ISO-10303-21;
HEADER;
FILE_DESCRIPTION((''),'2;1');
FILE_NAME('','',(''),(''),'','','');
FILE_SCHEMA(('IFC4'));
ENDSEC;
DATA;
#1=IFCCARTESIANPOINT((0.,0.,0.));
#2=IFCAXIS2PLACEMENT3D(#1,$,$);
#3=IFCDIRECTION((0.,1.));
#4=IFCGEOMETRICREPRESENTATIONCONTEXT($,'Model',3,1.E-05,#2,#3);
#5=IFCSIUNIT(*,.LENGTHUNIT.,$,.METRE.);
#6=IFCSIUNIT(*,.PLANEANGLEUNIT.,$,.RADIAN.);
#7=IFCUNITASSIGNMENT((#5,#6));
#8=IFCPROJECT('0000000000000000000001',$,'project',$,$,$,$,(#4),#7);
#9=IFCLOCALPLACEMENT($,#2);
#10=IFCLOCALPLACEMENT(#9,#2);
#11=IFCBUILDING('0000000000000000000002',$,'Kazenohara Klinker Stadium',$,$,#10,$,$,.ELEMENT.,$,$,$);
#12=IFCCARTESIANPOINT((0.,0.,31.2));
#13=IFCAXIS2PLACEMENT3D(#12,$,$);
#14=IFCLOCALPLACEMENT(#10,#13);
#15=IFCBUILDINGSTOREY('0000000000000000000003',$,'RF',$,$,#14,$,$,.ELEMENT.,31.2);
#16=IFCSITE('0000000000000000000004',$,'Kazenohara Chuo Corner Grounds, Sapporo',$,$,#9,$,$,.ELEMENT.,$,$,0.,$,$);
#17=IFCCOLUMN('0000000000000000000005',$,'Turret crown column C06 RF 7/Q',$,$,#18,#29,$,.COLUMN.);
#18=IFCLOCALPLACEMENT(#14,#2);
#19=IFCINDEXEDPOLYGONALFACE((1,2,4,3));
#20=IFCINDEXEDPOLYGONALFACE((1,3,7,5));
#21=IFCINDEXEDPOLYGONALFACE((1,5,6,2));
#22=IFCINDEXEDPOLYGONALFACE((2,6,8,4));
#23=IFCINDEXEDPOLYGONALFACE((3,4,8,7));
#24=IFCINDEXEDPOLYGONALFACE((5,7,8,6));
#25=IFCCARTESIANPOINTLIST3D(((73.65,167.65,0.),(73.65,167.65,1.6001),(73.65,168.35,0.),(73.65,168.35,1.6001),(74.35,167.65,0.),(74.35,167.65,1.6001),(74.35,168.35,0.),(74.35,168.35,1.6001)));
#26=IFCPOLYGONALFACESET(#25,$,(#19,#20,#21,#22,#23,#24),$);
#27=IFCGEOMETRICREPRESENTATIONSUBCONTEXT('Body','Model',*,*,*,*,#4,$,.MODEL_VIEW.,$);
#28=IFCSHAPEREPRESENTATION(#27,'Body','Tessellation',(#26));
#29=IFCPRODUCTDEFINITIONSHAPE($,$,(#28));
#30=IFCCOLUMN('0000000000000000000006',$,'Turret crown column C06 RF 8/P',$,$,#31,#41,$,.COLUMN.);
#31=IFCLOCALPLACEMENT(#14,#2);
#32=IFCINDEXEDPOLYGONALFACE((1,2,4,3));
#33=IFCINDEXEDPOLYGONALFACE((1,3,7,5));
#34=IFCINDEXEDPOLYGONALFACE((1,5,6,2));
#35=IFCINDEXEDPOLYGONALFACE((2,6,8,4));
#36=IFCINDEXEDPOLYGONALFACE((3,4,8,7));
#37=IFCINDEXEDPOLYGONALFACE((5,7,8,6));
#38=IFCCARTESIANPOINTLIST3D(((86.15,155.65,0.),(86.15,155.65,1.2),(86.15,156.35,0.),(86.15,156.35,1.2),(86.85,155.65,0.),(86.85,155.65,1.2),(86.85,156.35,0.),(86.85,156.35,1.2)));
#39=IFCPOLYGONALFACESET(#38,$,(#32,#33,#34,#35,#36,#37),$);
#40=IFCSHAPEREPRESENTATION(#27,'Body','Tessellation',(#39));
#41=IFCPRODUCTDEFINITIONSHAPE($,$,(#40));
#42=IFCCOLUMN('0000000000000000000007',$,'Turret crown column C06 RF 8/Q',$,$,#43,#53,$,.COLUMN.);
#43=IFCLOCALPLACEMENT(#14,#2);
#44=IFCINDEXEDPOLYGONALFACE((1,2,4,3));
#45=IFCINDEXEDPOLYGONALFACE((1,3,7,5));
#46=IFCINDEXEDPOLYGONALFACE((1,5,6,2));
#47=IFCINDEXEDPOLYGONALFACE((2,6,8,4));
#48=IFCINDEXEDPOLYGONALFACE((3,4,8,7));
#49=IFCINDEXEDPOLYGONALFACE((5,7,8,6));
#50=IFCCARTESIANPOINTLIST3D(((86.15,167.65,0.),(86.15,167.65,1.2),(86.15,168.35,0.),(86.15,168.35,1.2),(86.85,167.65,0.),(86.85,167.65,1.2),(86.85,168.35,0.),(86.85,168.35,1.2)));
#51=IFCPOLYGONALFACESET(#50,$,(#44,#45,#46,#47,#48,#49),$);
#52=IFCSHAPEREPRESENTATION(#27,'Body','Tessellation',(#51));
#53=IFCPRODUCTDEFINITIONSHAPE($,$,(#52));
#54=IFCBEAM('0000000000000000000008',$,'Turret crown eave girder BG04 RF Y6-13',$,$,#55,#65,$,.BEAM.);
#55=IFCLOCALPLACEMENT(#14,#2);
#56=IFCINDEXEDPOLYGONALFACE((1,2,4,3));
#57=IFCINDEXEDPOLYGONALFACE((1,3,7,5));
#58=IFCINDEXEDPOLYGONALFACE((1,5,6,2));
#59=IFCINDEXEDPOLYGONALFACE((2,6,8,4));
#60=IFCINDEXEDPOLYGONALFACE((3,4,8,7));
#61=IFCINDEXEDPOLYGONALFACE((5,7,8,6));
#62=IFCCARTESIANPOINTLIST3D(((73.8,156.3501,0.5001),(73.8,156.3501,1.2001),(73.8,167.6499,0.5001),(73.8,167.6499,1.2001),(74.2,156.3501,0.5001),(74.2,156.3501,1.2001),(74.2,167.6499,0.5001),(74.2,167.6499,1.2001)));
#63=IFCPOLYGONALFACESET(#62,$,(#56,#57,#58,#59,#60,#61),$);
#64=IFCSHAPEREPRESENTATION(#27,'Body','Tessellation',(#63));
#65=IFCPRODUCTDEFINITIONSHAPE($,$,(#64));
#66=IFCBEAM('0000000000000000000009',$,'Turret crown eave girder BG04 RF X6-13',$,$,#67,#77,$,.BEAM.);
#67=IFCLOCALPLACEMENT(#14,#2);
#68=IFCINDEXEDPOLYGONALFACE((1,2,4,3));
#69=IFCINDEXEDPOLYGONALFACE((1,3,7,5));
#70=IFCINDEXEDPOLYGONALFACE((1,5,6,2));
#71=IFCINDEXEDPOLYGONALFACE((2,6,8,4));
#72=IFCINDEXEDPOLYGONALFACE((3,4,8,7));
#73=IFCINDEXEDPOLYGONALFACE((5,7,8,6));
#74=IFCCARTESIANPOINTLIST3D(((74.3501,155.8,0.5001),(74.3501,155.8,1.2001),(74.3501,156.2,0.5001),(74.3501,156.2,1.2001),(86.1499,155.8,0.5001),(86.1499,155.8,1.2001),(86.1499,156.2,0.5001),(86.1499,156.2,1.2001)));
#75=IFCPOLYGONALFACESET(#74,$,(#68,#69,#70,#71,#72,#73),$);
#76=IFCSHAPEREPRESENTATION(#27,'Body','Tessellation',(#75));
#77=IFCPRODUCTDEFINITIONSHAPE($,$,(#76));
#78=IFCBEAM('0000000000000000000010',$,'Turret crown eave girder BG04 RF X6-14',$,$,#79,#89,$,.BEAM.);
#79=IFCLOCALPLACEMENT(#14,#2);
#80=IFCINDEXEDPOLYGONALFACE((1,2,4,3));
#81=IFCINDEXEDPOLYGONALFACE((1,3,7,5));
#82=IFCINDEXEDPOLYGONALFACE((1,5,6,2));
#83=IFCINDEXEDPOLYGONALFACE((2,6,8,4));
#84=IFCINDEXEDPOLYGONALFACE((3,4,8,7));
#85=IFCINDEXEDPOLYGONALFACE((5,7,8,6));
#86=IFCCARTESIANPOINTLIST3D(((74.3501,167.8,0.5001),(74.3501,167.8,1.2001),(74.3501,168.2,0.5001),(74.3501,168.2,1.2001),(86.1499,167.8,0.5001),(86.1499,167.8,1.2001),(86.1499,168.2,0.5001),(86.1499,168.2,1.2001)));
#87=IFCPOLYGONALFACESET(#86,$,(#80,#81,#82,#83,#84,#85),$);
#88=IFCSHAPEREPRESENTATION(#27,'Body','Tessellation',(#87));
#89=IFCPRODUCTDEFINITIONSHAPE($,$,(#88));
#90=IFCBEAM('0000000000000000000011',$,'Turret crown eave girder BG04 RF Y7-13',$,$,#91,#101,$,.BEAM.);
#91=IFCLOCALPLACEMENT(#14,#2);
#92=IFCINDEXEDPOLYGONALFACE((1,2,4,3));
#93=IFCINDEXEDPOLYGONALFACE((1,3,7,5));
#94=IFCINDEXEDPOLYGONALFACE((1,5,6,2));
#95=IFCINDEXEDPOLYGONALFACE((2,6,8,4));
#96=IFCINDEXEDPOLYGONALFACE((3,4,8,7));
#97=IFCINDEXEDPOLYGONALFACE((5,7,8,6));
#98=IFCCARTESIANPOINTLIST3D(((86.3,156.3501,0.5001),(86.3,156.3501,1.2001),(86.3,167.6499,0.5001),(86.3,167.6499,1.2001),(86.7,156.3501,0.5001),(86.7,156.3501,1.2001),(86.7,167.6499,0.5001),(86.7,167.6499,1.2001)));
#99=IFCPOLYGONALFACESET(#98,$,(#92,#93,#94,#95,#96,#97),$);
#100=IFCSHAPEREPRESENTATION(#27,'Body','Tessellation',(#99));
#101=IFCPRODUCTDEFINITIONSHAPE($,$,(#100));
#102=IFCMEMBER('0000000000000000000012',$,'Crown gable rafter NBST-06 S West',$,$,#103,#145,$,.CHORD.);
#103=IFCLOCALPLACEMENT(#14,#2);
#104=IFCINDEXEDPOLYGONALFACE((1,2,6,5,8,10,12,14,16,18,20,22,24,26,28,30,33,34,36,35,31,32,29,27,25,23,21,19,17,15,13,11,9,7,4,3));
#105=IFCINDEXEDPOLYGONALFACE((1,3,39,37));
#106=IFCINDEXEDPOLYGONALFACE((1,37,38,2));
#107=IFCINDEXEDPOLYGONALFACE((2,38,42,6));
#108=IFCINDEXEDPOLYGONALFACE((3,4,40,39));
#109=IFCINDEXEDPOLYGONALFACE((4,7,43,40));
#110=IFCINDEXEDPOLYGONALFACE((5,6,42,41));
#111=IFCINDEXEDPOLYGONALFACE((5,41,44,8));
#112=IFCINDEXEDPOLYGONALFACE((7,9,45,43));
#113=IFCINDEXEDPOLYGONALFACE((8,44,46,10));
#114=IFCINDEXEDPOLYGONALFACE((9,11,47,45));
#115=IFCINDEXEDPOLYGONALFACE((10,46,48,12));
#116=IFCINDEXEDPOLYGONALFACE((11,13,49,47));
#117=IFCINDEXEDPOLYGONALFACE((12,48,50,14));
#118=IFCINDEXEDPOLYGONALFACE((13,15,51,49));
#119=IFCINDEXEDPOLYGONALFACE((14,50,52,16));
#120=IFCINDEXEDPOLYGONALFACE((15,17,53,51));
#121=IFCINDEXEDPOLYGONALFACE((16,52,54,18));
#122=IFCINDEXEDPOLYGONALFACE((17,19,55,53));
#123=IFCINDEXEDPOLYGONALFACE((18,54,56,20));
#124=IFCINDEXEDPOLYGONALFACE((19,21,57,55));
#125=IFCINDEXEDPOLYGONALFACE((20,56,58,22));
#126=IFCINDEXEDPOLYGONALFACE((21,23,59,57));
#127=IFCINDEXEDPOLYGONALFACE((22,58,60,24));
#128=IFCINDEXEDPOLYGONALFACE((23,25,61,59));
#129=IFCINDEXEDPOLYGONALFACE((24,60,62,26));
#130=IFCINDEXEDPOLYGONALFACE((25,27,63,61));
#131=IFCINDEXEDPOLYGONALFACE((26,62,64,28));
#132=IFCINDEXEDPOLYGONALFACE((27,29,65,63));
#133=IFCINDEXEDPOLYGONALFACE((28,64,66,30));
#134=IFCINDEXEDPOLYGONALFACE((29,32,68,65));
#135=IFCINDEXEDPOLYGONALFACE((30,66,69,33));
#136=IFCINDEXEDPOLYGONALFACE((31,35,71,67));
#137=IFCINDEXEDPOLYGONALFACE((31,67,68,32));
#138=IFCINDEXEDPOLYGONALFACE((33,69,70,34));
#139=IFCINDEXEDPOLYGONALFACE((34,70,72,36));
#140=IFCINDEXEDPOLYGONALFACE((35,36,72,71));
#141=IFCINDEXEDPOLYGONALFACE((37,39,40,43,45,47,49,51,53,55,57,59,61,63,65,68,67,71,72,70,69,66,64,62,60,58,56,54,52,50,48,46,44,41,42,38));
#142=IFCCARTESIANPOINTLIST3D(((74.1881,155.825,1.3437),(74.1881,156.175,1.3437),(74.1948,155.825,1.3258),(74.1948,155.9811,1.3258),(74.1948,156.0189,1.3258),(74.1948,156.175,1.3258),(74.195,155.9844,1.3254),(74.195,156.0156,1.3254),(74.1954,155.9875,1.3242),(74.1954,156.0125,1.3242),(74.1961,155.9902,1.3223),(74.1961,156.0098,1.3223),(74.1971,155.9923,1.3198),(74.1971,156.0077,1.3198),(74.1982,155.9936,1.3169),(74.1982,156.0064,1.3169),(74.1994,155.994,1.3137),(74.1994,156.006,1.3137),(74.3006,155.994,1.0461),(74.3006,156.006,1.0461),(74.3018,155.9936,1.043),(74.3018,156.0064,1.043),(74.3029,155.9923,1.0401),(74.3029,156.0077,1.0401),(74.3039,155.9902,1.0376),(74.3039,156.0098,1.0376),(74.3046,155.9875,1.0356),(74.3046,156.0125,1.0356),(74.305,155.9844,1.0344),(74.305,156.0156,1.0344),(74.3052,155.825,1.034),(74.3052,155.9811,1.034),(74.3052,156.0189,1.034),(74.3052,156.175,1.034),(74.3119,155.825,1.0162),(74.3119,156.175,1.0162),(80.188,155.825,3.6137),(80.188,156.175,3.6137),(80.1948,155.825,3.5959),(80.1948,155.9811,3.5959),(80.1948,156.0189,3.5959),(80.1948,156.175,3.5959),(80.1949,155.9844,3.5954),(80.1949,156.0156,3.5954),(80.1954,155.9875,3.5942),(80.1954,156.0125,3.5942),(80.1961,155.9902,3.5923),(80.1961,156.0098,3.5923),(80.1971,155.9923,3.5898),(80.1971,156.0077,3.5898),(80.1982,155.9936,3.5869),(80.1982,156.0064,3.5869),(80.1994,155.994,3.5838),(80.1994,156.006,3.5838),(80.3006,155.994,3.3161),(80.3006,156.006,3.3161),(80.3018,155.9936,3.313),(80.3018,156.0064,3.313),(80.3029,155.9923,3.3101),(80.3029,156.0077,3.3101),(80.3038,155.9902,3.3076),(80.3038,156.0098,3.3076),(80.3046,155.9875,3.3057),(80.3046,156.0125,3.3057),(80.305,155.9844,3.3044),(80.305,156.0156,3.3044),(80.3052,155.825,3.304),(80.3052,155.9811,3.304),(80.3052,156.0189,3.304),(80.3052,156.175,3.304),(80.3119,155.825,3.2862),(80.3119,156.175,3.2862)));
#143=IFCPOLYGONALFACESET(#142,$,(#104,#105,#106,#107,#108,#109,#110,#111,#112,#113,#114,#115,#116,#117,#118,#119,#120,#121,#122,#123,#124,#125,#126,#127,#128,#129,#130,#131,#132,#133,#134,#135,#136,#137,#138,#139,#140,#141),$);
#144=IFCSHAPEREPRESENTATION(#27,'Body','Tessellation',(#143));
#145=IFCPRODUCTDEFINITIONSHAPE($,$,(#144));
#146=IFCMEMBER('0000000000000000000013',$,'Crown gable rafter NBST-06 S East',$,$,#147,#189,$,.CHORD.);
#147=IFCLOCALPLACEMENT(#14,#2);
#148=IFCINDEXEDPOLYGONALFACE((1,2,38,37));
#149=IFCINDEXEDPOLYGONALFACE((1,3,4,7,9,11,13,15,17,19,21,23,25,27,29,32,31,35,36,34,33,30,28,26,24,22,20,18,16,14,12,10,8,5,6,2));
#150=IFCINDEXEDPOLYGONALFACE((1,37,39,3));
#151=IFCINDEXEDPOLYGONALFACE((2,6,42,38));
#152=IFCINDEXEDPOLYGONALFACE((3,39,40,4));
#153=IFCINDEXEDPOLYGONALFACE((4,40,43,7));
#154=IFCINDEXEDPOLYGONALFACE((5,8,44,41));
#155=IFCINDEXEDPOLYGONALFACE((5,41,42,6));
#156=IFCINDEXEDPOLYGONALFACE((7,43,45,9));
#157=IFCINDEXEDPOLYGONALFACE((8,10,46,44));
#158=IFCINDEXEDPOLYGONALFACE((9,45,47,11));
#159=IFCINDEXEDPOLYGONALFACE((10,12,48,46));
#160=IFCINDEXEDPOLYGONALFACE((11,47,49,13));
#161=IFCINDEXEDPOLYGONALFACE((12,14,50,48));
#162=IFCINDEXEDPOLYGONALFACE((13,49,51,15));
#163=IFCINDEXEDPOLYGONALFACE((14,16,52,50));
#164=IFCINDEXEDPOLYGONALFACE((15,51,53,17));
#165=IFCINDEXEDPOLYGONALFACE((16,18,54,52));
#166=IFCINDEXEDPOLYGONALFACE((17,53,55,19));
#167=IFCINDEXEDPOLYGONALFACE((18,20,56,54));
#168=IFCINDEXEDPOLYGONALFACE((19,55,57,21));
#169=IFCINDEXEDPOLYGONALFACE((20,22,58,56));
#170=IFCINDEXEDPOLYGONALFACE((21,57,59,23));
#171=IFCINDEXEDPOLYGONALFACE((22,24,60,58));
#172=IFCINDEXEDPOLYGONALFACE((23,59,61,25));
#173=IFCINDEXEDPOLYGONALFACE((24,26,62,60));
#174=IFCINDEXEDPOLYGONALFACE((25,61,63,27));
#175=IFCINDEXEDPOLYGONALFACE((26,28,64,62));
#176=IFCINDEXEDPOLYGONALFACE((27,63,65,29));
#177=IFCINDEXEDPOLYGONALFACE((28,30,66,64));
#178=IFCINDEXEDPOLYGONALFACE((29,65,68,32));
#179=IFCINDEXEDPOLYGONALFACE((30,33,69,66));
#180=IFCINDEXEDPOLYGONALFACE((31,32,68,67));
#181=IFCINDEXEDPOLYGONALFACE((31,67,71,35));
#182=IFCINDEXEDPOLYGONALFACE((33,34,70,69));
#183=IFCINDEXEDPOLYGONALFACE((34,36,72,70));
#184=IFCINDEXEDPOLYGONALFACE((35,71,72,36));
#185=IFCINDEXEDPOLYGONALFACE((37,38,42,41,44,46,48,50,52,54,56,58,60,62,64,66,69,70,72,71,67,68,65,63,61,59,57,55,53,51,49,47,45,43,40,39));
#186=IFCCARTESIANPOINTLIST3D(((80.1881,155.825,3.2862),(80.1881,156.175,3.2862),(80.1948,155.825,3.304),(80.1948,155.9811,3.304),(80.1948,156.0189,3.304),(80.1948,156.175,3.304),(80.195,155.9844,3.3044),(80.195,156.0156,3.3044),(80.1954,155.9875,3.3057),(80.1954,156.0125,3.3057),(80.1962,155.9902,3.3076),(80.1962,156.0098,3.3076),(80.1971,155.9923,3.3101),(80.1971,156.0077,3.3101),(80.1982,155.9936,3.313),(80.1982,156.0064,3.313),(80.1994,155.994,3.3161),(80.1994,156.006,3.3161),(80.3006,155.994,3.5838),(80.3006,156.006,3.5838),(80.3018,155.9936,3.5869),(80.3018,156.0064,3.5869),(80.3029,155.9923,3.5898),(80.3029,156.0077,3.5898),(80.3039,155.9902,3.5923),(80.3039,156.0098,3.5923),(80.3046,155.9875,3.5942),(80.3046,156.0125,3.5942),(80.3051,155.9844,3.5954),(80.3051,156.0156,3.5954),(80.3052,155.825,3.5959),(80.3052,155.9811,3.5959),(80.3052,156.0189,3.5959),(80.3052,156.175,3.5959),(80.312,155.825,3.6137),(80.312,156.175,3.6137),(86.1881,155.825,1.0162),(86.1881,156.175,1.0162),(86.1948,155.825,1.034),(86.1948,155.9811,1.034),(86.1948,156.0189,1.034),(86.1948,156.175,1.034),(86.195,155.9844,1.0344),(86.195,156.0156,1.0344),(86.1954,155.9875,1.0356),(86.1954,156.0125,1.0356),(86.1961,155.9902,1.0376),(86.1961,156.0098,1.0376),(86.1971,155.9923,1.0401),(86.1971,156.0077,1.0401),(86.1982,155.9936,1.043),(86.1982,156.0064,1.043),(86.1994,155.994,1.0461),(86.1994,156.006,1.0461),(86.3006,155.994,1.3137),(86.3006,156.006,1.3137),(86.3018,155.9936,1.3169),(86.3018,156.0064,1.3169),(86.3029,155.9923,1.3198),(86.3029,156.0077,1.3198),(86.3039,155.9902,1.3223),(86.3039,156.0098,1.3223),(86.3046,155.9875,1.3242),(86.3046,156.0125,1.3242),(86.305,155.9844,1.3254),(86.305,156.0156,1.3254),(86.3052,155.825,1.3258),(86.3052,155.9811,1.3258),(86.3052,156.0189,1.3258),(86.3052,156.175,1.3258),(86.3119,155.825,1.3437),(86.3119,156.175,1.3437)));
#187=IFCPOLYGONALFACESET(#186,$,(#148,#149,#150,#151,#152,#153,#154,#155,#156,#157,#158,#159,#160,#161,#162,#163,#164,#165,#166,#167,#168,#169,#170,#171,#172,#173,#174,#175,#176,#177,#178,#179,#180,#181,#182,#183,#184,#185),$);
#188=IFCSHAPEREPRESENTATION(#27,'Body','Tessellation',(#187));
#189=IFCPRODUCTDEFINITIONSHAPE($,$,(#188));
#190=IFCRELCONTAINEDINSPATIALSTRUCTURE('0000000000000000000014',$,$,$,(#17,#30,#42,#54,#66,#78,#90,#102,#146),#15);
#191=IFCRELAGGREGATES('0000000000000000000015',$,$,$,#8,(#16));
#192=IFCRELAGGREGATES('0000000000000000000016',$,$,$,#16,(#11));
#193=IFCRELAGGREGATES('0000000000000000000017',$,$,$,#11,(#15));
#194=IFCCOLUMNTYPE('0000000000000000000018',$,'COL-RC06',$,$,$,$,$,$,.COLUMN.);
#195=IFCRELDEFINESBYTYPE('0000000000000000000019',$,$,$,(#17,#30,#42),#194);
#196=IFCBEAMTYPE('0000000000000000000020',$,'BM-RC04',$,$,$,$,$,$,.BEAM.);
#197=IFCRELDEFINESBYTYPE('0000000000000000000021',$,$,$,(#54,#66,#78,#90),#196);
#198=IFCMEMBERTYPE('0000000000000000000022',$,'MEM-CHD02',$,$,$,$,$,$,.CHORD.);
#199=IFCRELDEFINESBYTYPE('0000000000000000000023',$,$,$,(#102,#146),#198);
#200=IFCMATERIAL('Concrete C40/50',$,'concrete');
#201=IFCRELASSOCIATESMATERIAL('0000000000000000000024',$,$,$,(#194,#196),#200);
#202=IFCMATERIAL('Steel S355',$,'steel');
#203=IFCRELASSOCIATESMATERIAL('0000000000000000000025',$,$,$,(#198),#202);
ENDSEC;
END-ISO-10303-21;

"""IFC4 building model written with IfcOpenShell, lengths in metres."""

from ifc_helpers import new_model, si_unit, direction, frame, origin, origin_2d, place, context, subcontext, project, spatial, rectangle, i_section, extrude, material, material_profile, profile_set, type_object, element, save


model = new_model("IFC4")

# Units and contexts
model_context = context("Model", 3, precision=1e-05, world=origin(), true_north=direction((0.0, 1.0)))
body_context = subcontext(model_context, "Body", "Model", "MODEL_VIEW")
ifc_project = project(units=[si_unit("LENGTHUNIT", "METRE"), si_unit("PLANEANGLEUNIT", "RADIAN")], contexts=[model_context])

# Site, building, storey
site_placement = place(None, origin())
site = spatial("IfcSite", under=ifc_project, at=site_placement, Name="Kazenohara Chuo Corner Grounds, Sapporo", CompositionType="ELEMENT", RefElevation=0.0)
building_placement = place(site_placement, origin())
building = spatial("IfcBuilding", under=site, at=building_placement, Name="Kazenohara Klinker Stadium", CompositionType="ELEMENT")
storey_placement = place(building_placement, frame((0.0, 0.0, 31.2)))
storey = spatial("IfcBuildingStorey", under=building, at=storey_placement, Name="RF", CompositionType="ELEMENT", Elevation=31.2)

# Columns
ifc_material_1 = material(Name="Concrete C40/50", Category="concrete")
ifc_material_profile_1 = material_profile(ifc_material_1, rectangle(XDim=0.7, YDim=0.7, at=origin_2d()), Name="RC-COL-700x700")
ifc_profile_set_1 = profile_set([ifc_material_profile_1], Name="Concrete C40/50")
column_type = type_object("IfcColumnType", Name="COL-RC06", PredefinedType="COLUMN", material=ifc_profile_set_1)
column_placement = place(storey_placement, frame((74.0, 168.0, 0.0), z_axis=(0.0, 0.0, 1.0), x_axis=(1.0, 0.0, 0.0)))
element("IfcColumn", 1, at=column_placement, inside=storey, type_object=column_type, Name="Turret crown column C06 RF 7/Q", PredefinedType="COLUMN", context=body_context, shape_type="SweptSolid", body=[
    extrude(rectangle(XDim=0.7, YDim=0.7, at=origin_2d()), origin(), (0.0, 0.0, 1.0), 1.6001),
])
for number, where, z_axis, x_axis, name in (
    (2, (86.5, 156.0, 0.0), (0.0, 0.0, 1.0), (1.0, 0.0, 0.0), "Turret crown column C06 RF 8/P"),
    (3, (86.5, 168.0, 0.0), (0.0, 0.0, 1.0), (1.0, 0.0, 0.0), "Turret crown column C06 RF 8/Q"),
):
    element("IfcColumn", number, at=place(storey_placement, frame(where, z_axis=z_axis, x_axis=x_axis)), inside=storey, type_object=column_type, Name=name, PredefinedType="COLUMN", context=body_context, shape_type="SweptSolid", body=[
        extrude(rectangle(XDim=0.7, YDim=0.7, at=origin_2d()), origin(), (0.0, 0.0, 1.0), 1.2),
    ])

# Beams
ifc_material_profile_2 = material_profile(ifc_material_1, rectangle(XDim=0.3999, YDim=0.7, at=origin_2d()), Name="RC-BM-400x700")
ifc_profile_set_2 = profile_set([ifc_material_profile_2], Name="Concrete C40/50")
beam_type = type_object("IfcBeamType", Name="BM-RC04", PredefinedType="BEAM", material=ifc_profile_set_2)
beam_1_placement = place(storey_placement, frame((74.0, 156.3501, 0.8501), z_axis=(0.0, 1.0, 0.0), x_axis=(-1.0, 0.0, 0.0)))
element("IfcBeam", 4, at=beam_1_placement, inside=storey, type_object=beam_type, Name="Turret crown eave girder BG04 RF Y6-13", PredefinedType="BEAM", context=body_context, shape_type="SweptSolid", body=[
    extrude(rectangle(XDim=0.3999, YDim=0.7, at=origin_2d()), origin(), (0.0, 0.0, 1.0), 11.2998),
])
for number, where, z_axis, x_axis, name in (
    (5, (74.3501, 156.0, 0.8501), (1.0, 0.0, 0.0), (0.0, 1.0, 0.0), "Turret crown eave girder BG04 RF X6-13"),
    (6, (74.3501, 168.0, 0.8501), (1.0, 0.0, 0.0), (0.0, 1.0, 0.0), "Turret crown eave girder BG04 RF X6-14"),
):
    element("IfcBeam", number, at=place(storey_placement, frame(where, z_axis=z_axis, x_axis=x_axis)), inside=storey, type_object=beam_type, Name=name, PredefinedType="BEAM", context=body_context, shape_type="SweptSolid", body=[
        extrude(rectangle(XDim=0.3999, YDim=0.7, at=origin_2d()), origin(), (0.0, 0.0, 1.0), 11.7998),
    ])
beam_2_placement = place(storey_placement, frame((86.5, 156.3501, 0.8501), z_axis=(0.0, 1.0, 0.0), x_axis=(-1.0, 0.0, 0.0)))
element("IfcBeam", 7, at=beam_2_placement, inside=storey, type_object=beam_type, Name="Turret crown eave girder BG04 RF Y7-13", PredefinedType="BEAM", context=body_context, shape_type="SweptSolid", body=[
    extrude(rectangle(XDim=0.3999, YDim=0.7, at=origin_2d()), origin(), (0.0, 0.0, 1.0), 11.2998),
])

# Members
ifc_material_2 = material(Name="Steel S355", Category="steel")
ifc_material_profile_3 = material_profile(ifc_material_2, i_section(OverallWidth=0.3501, OverallDepth=0.3501, WebThickness=0.012, FlangeThickness=0.019, FilletRadius=0.0129, at=origin_2d()), Name="H-350x350x12x19")
ifc_profile_set_3 = profile_set([ifc_material_profile_3], Name="Steel S355")
member_type_1 = type_object("IfcMemberType", Name="MEM-CHD02", PredefinedType="CHORD", material=ifc_profile_set_3)
for number, where, z_axis, x_axis, name in (
    (8, (74.25, 156.0, 1.1799), (0.935299, 0.0, 0.353858), (0.0, 1.0, 0.0), "Crown gable rafter NBST-06 S West"),
    (9, (86.25, 156.0, 1.1799), (-0.935299, 0.0, 0.353858), (0.0, -1.0, 0.0), "Crown gable rafter NBST-06 S East"),
):
    element("IfcMember", number, at=place(storey_placement, frame(where, z_axis=z_axis, x_axis=x_axis)), inside=storey, type_object=member_type_1, Name=name, PredefinedType="CHORD", context=body_context, shape_type="SweptSolid", body=[
        extrude(i_section(OverallWidth=0.3501, OverallDepth=0.3501, WebThickness=0.012, FlangeThickness=0.019, FilletRadius=0.0129, at=origin_2d()), origin(), (0.0, 0.0, 1.0), 6.415),
    ])

save(model, "model.ifc")
